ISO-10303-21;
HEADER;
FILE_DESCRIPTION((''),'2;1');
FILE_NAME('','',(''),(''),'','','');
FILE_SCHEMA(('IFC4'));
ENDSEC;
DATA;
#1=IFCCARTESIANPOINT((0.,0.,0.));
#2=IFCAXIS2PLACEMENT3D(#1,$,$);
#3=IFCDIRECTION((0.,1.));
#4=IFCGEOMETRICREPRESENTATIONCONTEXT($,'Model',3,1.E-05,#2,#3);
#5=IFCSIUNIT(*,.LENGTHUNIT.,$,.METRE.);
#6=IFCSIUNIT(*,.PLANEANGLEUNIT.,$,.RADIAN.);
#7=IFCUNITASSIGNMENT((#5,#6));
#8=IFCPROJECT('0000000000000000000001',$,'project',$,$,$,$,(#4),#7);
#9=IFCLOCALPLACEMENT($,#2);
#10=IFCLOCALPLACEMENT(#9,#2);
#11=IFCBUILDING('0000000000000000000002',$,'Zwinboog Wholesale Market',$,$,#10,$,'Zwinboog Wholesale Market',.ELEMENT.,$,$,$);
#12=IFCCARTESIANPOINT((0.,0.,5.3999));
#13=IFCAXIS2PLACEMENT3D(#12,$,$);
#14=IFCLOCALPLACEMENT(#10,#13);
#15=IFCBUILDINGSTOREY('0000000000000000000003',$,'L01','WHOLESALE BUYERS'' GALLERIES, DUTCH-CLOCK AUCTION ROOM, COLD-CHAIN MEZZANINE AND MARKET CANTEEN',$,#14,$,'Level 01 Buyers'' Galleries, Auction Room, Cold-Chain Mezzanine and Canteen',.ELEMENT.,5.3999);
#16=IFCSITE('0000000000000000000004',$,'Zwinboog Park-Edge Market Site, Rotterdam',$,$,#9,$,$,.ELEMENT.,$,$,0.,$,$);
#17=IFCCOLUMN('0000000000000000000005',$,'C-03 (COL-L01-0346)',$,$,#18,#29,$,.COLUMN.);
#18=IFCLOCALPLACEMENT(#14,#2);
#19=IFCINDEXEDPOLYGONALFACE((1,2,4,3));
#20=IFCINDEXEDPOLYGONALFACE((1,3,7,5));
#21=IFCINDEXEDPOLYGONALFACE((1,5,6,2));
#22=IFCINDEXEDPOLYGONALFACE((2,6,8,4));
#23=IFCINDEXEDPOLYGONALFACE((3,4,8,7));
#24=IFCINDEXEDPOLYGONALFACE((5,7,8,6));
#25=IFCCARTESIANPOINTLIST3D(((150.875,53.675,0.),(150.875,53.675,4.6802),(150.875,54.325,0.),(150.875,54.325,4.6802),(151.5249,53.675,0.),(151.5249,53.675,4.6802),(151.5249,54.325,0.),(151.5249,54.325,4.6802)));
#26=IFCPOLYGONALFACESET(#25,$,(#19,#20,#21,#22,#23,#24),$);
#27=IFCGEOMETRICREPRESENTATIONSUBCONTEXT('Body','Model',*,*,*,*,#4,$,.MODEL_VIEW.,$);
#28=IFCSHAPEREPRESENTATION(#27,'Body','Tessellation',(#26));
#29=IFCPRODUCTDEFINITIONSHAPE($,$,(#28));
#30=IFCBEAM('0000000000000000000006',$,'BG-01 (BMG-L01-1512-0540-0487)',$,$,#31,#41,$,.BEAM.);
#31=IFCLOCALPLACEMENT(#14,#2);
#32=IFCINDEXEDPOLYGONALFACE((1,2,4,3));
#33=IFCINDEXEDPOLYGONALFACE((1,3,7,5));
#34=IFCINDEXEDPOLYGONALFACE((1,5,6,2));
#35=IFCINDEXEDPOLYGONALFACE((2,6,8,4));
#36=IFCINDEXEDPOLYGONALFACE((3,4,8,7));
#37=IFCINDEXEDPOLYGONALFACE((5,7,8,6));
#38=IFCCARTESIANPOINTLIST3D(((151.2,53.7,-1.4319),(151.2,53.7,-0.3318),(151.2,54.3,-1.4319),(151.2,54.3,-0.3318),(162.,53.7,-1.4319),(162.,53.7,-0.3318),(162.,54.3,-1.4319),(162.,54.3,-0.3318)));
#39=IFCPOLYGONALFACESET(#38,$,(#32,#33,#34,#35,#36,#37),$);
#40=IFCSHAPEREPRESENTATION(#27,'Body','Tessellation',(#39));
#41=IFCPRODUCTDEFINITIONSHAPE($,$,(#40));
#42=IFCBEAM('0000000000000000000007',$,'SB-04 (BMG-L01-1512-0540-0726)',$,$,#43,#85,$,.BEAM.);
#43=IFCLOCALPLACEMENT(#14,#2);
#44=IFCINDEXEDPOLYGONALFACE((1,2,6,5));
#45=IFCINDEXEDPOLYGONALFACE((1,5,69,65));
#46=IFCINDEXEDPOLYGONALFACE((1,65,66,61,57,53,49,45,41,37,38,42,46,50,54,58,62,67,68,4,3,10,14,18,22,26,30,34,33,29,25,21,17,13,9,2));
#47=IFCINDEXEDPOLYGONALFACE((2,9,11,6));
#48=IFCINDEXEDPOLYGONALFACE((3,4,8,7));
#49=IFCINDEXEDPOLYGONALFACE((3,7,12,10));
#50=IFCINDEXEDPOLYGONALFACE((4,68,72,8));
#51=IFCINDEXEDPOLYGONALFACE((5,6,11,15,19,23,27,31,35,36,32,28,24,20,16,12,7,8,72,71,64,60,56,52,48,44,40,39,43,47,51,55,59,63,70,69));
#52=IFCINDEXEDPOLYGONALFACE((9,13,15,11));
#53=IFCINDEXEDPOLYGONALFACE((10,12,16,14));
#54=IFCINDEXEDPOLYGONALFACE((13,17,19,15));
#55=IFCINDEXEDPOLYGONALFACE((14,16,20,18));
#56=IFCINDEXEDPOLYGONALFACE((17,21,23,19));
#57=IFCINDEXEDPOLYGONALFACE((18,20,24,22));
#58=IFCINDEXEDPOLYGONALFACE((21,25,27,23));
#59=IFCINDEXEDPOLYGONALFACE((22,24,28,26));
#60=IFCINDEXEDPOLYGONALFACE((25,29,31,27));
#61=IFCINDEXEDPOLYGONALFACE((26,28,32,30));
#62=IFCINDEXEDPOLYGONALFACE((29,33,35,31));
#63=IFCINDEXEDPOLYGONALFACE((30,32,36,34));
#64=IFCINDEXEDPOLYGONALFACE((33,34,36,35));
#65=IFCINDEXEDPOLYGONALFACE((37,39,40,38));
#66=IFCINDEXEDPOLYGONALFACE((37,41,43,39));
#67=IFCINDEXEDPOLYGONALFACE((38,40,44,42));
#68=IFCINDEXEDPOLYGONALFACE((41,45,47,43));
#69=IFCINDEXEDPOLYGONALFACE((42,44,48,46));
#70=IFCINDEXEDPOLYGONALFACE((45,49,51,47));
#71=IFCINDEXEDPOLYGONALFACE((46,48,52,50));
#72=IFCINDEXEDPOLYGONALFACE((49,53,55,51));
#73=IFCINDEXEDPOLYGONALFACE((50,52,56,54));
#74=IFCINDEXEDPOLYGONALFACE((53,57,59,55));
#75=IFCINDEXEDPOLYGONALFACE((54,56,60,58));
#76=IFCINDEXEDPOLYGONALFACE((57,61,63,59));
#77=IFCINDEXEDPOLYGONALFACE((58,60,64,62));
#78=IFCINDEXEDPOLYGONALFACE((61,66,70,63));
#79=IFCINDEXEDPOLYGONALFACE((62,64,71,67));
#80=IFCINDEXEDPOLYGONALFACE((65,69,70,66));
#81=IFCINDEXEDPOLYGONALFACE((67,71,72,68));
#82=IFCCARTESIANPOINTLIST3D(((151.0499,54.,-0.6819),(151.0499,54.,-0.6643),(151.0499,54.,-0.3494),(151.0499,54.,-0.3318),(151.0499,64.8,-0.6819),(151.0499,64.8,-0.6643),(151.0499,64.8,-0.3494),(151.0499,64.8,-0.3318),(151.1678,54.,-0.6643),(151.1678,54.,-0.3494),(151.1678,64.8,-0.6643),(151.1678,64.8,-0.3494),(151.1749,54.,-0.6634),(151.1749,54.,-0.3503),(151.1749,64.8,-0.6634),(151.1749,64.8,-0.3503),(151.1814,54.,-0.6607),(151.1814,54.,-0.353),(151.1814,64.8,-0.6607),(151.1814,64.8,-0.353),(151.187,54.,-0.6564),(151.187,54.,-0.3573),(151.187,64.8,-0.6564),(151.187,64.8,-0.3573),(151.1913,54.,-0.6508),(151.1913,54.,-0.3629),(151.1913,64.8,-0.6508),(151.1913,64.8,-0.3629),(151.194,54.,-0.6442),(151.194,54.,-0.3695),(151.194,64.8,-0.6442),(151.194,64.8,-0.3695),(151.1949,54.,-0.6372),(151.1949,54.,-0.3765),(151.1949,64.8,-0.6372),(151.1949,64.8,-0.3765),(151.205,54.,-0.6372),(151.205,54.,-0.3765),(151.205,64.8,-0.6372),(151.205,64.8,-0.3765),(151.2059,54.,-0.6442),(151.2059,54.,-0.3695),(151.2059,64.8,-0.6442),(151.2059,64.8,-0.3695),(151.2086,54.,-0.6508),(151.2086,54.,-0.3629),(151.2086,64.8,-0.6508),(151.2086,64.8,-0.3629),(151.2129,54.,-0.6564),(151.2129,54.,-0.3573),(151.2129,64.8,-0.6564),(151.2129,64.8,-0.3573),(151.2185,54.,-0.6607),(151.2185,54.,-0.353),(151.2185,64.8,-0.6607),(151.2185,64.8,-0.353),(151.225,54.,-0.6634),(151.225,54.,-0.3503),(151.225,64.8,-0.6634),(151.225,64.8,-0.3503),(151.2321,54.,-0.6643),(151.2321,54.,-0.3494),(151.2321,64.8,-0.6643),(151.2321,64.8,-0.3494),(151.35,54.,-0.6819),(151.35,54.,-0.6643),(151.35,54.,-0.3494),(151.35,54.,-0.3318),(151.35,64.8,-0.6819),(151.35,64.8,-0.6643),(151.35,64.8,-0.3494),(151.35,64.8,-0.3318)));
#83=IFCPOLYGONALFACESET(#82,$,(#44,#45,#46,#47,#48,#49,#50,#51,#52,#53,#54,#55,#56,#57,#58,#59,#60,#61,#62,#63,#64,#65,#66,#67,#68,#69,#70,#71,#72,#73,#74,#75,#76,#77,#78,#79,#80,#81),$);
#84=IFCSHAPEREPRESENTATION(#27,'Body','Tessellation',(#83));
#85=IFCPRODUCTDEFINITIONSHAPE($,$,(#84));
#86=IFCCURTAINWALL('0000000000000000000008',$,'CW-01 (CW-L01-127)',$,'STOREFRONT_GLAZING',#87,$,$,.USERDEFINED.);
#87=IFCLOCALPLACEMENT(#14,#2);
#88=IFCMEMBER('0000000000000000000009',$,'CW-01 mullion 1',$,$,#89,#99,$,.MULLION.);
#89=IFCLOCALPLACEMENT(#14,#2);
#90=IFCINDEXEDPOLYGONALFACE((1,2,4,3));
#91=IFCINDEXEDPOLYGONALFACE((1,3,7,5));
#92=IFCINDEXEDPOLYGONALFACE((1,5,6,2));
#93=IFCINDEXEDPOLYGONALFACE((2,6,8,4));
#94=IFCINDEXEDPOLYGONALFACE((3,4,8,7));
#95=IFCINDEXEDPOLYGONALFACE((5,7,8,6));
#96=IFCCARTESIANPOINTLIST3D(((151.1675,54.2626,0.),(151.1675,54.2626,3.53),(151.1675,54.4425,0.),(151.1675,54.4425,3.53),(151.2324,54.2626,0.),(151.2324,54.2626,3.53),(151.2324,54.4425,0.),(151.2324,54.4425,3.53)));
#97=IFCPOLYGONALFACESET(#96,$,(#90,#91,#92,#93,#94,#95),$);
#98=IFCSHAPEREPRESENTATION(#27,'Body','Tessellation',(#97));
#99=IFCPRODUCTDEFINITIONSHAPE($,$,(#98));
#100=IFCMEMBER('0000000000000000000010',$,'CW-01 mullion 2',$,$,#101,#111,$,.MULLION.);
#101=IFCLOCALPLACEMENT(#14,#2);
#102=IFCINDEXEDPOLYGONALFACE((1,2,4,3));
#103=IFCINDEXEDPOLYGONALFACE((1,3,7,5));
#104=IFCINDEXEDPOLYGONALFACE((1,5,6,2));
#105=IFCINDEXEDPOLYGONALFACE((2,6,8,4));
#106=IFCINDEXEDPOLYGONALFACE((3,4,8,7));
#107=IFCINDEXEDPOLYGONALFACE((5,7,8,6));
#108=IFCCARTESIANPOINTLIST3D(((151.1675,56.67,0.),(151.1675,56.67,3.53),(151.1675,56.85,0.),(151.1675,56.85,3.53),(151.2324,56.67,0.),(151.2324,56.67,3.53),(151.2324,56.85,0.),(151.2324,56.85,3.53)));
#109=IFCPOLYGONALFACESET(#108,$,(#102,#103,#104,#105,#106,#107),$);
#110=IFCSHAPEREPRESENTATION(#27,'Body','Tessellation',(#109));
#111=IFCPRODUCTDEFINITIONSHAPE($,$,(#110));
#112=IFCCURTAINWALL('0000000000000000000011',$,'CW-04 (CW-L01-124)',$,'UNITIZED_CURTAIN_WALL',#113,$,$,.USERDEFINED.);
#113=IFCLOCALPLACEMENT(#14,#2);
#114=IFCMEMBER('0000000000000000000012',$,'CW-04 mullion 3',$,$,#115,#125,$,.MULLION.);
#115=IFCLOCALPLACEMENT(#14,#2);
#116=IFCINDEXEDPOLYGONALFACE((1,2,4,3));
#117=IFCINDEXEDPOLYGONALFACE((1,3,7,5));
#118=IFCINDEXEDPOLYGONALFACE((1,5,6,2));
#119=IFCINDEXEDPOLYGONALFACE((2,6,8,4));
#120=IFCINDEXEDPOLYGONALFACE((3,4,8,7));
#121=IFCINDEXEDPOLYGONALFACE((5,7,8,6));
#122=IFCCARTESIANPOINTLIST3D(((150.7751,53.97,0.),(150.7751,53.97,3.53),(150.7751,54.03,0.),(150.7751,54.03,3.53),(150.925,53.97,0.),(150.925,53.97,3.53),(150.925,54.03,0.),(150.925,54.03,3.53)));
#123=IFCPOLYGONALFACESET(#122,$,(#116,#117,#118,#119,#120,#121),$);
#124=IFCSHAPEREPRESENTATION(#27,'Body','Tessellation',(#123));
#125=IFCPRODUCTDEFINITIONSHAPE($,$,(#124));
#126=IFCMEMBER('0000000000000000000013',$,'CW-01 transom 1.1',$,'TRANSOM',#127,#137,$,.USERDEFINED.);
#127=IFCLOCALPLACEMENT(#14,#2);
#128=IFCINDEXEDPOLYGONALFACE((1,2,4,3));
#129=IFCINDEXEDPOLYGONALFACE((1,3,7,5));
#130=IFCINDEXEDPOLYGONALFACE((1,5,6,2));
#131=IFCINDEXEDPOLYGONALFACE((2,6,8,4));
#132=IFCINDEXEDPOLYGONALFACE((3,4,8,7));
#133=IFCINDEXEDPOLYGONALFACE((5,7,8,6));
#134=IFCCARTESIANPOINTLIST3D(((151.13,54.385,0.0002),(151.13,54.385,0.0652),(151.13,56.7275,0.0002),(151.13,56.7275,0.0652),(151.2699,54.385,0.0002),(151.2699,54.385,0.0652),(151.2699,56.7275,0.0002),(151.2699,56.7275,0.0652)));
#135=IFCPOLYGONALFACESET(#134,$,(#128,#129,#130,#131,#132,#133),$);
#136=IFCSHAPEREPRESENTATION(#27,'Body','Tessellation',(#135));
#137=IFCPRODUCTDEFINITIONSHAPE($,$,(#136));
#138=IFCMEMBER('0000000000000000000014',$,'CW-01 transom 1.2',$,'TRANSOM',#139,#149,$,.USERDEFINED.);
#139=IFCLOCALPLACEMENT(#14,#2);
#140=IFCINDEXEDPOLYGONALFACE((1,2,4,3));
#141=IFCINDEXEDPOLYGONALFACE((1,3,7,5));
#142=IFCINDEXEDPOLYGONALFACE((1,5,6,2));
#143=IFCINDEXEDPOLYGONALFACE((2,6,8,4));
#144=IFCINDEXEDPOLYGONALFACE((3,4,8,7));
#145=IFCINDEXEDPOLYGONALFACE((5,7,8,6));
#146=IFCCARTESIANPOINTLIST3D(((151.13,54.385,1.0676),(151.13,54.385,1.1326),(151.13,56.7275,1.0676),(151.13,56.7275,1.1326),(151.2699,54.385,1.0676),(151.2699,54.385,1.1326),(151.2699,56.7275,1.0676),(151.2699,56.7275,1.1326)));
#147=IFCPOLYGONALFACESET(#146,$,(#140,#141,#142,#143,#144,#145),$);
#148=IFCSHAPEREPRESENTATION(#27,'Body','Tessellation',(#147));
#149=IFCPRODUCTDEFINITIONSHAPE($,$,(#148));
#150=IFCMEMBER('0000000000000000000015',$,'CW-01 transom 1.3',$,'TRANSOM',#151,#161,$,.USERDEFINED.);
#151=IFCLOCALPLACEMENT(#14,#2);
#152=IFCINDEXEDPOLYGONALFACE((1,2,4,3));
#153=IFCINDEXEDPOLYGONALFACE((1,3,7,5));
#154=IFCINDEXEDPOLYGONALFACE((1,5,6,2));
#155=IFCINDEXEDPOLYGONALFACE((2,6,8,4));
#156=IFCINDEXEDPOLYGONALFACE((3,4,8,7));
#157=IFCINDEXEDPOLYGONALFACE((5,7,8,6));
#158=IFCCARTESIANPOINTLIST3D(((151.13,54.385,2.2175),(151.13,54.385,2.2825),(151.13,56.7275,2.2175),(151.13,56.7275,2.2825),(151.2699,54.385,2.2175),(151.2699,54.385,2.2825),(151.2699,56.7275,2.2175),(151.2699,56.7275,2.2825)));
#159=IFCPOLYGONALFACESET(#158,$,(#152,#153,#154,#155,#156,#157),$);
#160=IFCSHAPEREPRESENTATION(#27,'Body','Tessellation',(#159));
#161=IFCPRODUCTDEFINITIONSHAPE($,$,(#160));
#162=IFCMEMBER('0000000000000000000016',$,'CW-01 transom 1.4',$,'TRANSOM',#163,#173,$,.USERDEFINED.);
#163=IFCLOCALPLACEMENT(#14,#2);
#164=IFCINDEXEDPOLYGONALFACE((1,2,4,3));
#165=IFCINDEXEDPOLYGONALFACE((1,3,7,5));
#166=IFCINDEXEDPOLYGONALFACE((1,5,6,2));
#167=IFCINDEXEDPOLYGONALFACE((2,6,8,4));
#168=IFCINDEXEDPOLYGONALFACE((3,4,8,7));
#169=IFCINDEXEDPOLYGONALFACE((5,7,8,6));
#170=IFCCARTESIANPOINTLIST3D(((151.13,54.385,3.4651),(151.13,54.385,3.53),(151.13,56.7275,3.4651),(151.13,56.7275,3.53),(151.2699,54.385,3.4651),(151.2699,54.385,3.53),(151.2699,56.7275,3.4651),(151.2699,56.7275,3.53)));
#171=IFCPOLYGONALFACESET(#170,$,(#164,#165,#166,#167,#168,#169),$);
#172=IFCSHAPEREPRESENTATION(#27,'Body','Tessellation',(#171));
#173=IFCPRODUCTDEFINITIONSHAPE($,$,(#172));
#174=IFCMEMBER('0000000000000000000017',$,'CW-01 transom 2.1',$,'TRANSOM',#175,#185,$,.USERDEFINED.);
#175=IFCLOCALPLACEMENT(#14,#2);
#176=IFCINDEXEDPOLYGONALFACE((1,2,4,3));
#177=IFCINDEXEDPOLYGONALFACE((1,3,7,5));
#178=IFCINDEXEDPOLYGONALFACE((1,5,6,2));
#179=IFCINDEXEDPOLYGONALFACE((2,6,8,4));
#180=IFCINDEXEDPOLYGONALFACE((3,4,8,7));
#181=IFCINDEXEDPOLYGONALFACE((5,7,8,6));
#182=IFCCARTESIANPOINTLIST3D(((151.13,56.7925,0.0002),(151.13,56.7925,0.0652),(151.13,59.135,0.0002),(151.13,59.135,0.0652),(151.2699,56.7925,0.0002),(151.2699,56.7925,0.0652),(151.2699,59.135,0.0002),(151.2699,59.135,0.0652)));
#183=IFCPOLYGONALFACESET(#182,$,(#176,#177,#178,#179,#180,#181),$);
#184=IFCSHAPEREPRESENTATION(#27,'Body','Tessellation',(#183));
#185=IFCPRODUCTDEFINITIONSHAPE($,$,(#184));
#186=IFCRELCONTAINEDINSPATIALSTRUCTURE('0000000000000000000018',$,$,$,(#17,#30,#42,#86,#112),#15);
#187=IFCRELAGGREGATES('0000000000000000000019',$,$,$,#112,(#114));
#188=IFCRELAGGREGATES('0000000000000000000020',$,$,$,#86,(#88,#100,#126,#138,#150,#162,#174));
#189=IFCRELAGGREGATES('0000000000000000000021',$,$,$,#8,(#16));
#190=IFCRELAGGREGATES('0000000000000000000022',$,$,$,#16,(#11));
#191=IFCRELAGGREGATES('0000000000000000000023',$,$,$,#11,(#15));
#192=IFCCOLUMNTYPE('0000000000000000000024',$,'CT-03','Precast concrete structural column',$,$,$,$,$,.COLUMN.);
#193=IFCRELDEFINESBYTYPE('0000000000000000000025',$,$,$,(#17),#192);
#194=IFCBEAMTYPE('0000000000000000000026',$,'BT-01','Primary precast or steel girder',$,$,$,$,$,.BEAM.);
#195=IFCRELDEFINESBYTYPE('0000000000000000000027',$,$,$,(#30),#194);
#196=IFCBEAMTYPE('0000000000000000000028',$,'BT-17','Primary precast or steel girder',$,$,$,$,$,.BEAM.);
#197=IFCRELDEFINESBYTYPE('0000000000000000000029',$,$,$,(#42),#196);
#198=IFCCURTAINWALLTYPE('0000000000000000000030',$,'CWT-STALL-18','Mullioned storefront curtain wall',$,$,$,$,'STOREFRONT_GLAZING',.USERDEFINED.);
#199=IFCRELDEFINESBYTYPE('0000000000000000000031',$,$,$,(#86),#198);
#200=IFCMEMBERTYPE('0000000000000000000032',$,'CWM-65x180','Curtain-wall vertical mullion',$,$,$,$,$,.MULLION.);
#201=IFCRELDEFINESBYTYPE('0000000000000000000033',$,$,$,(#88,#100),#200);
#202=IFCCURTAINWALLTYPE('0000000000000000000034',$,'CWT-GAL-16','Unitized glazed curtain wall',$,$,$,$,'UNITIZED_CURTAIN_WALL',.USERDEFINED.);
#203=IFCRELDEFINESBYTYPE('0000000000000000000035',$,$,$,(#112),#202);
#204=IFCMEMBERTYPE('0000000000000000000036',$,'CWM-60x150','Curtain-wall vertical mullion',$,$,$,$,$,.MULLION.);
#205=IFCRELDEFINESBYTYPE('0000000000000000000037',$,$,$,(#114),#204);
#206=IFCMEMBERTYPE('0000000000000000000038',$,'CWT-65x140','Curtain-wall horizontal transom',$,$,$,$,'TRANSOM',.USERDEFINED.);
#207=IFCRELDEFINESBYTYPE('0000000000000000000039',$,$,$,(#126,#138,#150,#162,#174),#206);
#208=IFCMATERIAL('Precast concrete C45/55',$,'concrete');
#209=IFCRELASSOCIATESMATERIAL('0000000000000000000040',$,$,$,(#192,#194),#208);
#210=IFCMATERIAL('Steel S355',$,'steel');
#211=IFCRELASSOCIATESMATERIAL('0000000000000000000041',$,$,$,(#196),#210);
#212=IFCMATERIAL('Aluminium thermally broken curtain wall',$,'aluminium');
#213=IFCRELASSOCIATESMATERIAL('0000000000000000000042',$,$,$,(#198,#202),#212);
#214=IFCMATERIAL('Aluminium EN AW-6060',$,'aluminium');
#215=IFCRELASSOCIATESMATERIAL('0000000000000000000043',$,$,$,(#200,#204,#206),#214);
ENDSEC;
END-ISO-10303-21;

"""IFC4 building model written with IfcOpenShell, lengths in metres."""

from ifc_helpers import new_model, si_unit, direction, frame, origin, origin_2d, place, context, subcontext, project, spatial, rectangle, i_section, extrude, material, material_profile, profile_set, type_object, element, aggregate, save


model = new_model("IFC4")

# Units and contexts
model_context = context("Model", 3, precision=1e-05, world=origin(), true_north=direction((0.0, 1.0)))
body_context = subcontext(model_context, "Body", "Model", "MODEL_VIEW")
ifc_project = project(units=[si_unit("LENGTHUNIT", "METRE"), si_unit("PLANEANGLEUNIT", "RADIAN")], contexts=[model_context])

# Site, building, storey
site_placement = place(None, origin())
site = spatial("IfcSite", under=ifc_project, at=site_placement, Name="Zwinboog Park-Edge Market Site, Rotterdam", CompositionType="ELEMENT", RefElevation=0.0)
building_placement = place(site_placement, origin())
building = spatial("IfcBuilding", under=site, at=building_placement, Name="Zwinboog Wholesale Market", LongName="Zwinboog Wholesale Market", CompositionType="ELEMENT")
storey_placement = place(building_placement, frame((0.0, 0.0, 5.3999)))
storey = spatial("IfcBuildingStorey", under=building, at=storey_placement, Name="L01", Description="WHOLESALE BUYERS' GALLERIES, DUTCH-CLOCK AUCTION ROOM, COLD-CHAIN MEZZANINE AND MARKET CANTEEN", LongName="Level 01 Buyers' Galleries, Auction Room, Cold-Chain Mezzanine and Canteen", CompositionType="ELEMENT", Elevation=5.3999)

# Column
ifc_material_1 = material(Name="Precast concrete C45/55", Category="concrete")
ifc_material_profile_1 = material_profile(ifc_material_1, rectangle(XDim=0.6499, YDim=0.6499, at=origin_2d()), Name="PC 650x650")
ifc_profile_set_1 = profile_set([ifc_material_profile_1], Name="Precast concrete C45/55")
column_type = type_object("IfcColumnType", Name="CT-03", Description="Precast concrete structural column", PredefinedType="COLUMN", material=ifc_profile_set_1)
column_placement = place(storey_placement, frame((151.2, 54.0, 0.0), z_axis=(0.0, 0.0, 1.0), x_axis=(1.0, 0.0, 0.0)))
element("IfcColumn", 1, at=column_placement, inside=storey, type_object=column_type, Name="C-03 (COL-L01-0346)", PredefinedType="COLUMN", context=body_context, shape_type="SweptSolid", body=[
    extrude(rectangle(XDim=0.6499, YDim=0.6499, at=origin_2d()), origin(), (0.0, 0.0, 1.0), 4.6802),
])

# Beams
ifc_material_profile_2 = material_profile(ifc_material_1, rectangle(XDim=0.6001, YDim=1.1001, at=origin_2d()), Name="PC 600x1100")
ifc_profile_set_2 = profile_set([ifc_material_profile_2], Name="Precast concrete C45/55")
beam_type_1 = type_object("IfcBeamType", Name="BT-01", Description="Primary precast or steel girder", PredefinedType="BEAM", material=ifc_profile_set_2)
beam_1_placement = place(storey_placement, frame((151.2, 54.0, -0.8818), z_axis=(1.0, 0.0, 0.0), x_axis=(0.0, 1.0, 0.0)))
element("IfcBeam", 2, at=beam_1_placement, inside=storey, type_object=beam_type_1, Name="BG-01 (BMG-L01-1512-0540-0487)", PredefinedType="BEAM", context=body_context, shape_type="SweptSolid", body=[
    extrude(rectangle(XDim=0.6001, YDim=1.1001, at=origin_2d()), origin(), (0.0, 0.0, 1.0), 10.8),
])
ifc_material_2 = material(Name="Steel S355", Category="steel")
ifc_material_profile_3 = material_profile(ifc_material_2, i_section(OverallWidth=0.3, OverallDepth=0.3501, WebThickness=0.01, FlangeThickness=0.0176, FilletRadius=0.0271, at=origin_2d()), Name="HEA 360")
ifc_profile_set_3 = profile_set([ifc_material_profile_3], Name="Steel S355")
beam_type_2 = type_object("IfcBeamType", Name="BT-17", Description="Primary precast or steel girder", PredefinedType="BEAM", material=ifc_profile_set_3)
beam_2_placement = place(storey_placement, frame((151.2, 54.0, -0.5068), z_axis=(0.0, 1.0, 0.0), x_axis=(-1.0, 0.0, 0.0)))
element("IfcBeam", 3, at=beam_2_placement, inside=storey, type_object=beam_type_2, Name="SB-04 (BMG-L01-1512-0540-0726)", PredefinedType="BEAM", context=body_context, shape_type="SweptSolid", body=[
    extrude(i_section(OverallWidth=0.3, OverallDepth=0.3501, WebThickness=0.01, FlangeThickness=0.0176, FilletRadius=0.0271, at=origin_2d()), origin(), (0.0, 0.0, 1.0), 10.8),
])

# Curtain wall, members
ifc_material_3 = material(Name="Aluminium thermally broken curtain wall", Category="aluminium")
curtain_wall_type_1 = type_object("IfcCurtainWallType", Name="CWT-STALL-18", Description="Mullioned storefront curtain wall", ElementType="STOREFRONT_GLAZING", PredefinedType="USERDEFINED", material=ifc_material_3)
curtain_wall_1_placement = place(storey_placement, origin())
curtain_wall_1 = element("IfcCurtainWall", 4, at=curtain_wall_1_placement, inside=storey, type_object=curtain_wall_type_1, Name="CW-01 (CW-L01-127)", ObjectType="STOREFRONT_GLAZING", PredefinedType="USERDEFINED")
ifc_material_4 = material(Name="Aluminium EN AW-6060", Category="aluminium")
ifc_material_profile_4 = material_profile(ifc_material_4, rectangle(XDim=0.0649, YDim=0.1799, at=origin_2d()), Name="AL 65x180")
ifc_profile_set_4 = profile_set([ifc_material_profile_4], Name="Aluminium EN AW-6060")
member_type_1 = type_object("IfcMemberType", Name="CWM-65x180", Description="Curtain-wall vertical mullion", PredefinedType="MULLION", material=ifc_profile_set_4)
member_1_placement = place(storey_placement, frame((151.2, 54.3525, 0.0), z_axis=(0.0, 0.0, 1.0), x_axis=(-1.0, 0.0, 0.0)))
member_1 = element("IfcMember", 5, at=member_1_placement, type_object=member_type_1, Name="CW-01 mullion 1", PredefinedType="MULLION", context=body_context, shape_type="SweptSolid", body=[
    extrude(rectangle(XDim=0.0649, YDim=0.1799, at=origin_2d()), origin(), (0.0, 0.0, 1.0), 3.53),
])
member_2_placement = place(storey_placement, frame((151.2, 56.76, 0.0), z_axis=(0.0, 0.0, 1.0), x_axis=(-1.0, 0.0, 0.0)))
member_2 = element("IfcMember", 6, at=member_2_placement, type_object=member_type_1, Name="CW-01 mullion 2", PredefinedType="MULLION", context=body_context, shape_type="SweptSolid", body=[
    extrude(rectangle(XDim=0.0649, YDim=0.1799, at=origin_2d()), origin(), (0.0, 0.0, 1.0), 3.53),
])

# Curtain wall, member
curtain_wall_type_2 = type_object("IfcCurtainWallType", Name="CWT-GAL-16", Description="Unitized glazed curtain wall", ElementType="UNITIZED_CURTAIN_WALL", PredefinedType="USERDEFINED", material=ifc_material_3)
curtain_wall_2_placement = place(storey_placement, origin())
curtain_wall_2 = element("IfcCurtainWall", 7, at=curtain_wall_2_placement, inside=storey, type_object=curtain_wall_type_2, Name="CW-04 (CW-L01-124)", ObjectType="UNITIZED_CURTAIN_WALL", PredefinedType="USERDEFINED")
ifc_material_profile_5 = material_profile(ifc_material_4, rectangle(XDim=0.0601, YDim=0.1499, at=origin_2d()), Name="AL 60x150")
ifc_profile_set_5 = profile_set([ifc_material_profile_5], Name="Aluminium EN AW-6060")
member_type_2 = type_object("IfcMemberType", Name="CWM-60x150", Description="Curtain-wall vertical mullion", PredefinedType="MULLION", material=ifc_profile_set_5)
member_3_placement = place(storey_placement, frame((150.8501, 54.0, 0.0), z_axis=(0.0, 0.0, 1.0), x_axis=(0.0, 1.0, 0.0)))
member_3 = element("IfcMember", 8, at=member_3_placement, type_object=member_type_2, Name="CW-04 mullion 3", PredefinedType="MULLION", context=body_context, shape_type="SweptSolid", body=[
    extrude(rectangle(XDim=0.0601, YDim=0.1499, at=origin_2d()), origin(), (0.0, 0.0, 1.0), 3.53),
])

# Members
ifc_material_profile_6 = material_profile(ifc_material_4, rectangle(XDim=0.1399, YDim=0.0649, at=origin_2d()), Name="AL 65x140")
ifc_profile_set_6 = profile_set([ifc_material_profile_6], Name="Aluminium EN AW-6060")
member_type_3 = type_object("IfcMemberType", Name="CWT-65x140", Description="Curtain-wall horizontal transom", ElementType="TRANSOM", PredefinedType="USERDEFINED", material=ifc_profile_set_6)
member_4_placement = place(storey_placement, frame((151.2, 54.385, 0.0327), z_axis=(0.0, 1.0, 0.0), x_axis=(-1.0, 0.0, 0.0)))
member_4 = element("IfcMember", 9, at=member_4_placement, type_object=member_type_3, Name="CW-01 transom 1.1", ObjectType="TRANSOM", PredefinedType="USERDEFINED", context=body_context, shape_type="SweptSolid", body=[
    extrude(rectangle(XDim=0.1399, YDim=0.0649, at=origin_2d()), origin(), (0.0, 0.0, 1.0), 2.3425),
])
member_5_placement = place(storey_placement, frame((151.2, 54.385, 1.1001), z_axis=(0.0, 1.0, 0.0), x_axis=(-1.0, 0.0, 0.0)))
member_5 = element("IfcMember", 10, at=member_5_placement, type_object=member_type_3, Name="CW-01 transom 1.2", ObjectType="TRANSOM", PredefinedType="USERDEFINED", context=body_context, shape_type="SweptSolid", body=[
    extrude(rectangle(XDim=0.1399, YDim=0.0649, at=origin_2d()), origin(), (0.0, 0.0, 1.0), 2.3425),
])
member_6_placement = place(storey_placement, frame((151.2, 54.385, 2.25), z_axis=(0.0, 1.0, 0.0), x_axis=(-1.0, 0.0, 0.0)))
member_6 = element("IfcMember", 11, at=member_6_placement, type_object=member_type_3, Name="CW-01 transom 1.3", ObjectType="TRANSOM", PredefinedType="USERDEFINED", context=body_context, shape_type="SweptSolid", body=[
    extrude(rectangle(XDim=0.1399, YDim=0.0649, at=origin_2d()), origin(), (0.0, 0.0, 1.0), 2.3425),
])
member_7_placement = place(storey_placement, frame((151.2, 54.385, 3.4976), z_axis=(0.0, 1.0, 0.0), x_axis=(-1.0, 0.0, 0.0)))
member_7 = element("IfcMember", 12, at=member_7_placement, type_object=member_type_3, Name="CW-01 transom 1.4", ObjectType="TRANSOM", PredefinedType="USERDEFINED", context=body_context, shape_type="SweptSolid", body=[
    extrude(rectangle(XDim=0.1399, YDim=0.0649, at=origin_2d()), origin(), (0.0, 0.0, 1.0), 2.3425),
])
member_8_placement = place(storey_placement, frame((151.2, 56.7925, 0.0327), z_axis=(0.0, 1.0, 0.0), x_axis=(-1.0, 0.0, 0.0)))
member_8 = element("IfcMember", 13, at=member_8_placement, type_object=member_type_3, Name="CW-01 transom 2.1", ObjectType="TRANSOM", PredefinedType="USERDEFINED", context=body_context, shape_type="SweptSolid", body=[
    extrude(rectangle(XDim=0.1399, YDim=0.0649, at=origin_2d()), origin(), (0.0, 0.0, 1.0), 2.3425),
])

aggregate(curtain_wall_2, [member_3])
aggregate(curtain_wall_1, [member_1, member_2, member_4, member_5, member_6, member_7, member_8])

save(model, "model.ifc")
